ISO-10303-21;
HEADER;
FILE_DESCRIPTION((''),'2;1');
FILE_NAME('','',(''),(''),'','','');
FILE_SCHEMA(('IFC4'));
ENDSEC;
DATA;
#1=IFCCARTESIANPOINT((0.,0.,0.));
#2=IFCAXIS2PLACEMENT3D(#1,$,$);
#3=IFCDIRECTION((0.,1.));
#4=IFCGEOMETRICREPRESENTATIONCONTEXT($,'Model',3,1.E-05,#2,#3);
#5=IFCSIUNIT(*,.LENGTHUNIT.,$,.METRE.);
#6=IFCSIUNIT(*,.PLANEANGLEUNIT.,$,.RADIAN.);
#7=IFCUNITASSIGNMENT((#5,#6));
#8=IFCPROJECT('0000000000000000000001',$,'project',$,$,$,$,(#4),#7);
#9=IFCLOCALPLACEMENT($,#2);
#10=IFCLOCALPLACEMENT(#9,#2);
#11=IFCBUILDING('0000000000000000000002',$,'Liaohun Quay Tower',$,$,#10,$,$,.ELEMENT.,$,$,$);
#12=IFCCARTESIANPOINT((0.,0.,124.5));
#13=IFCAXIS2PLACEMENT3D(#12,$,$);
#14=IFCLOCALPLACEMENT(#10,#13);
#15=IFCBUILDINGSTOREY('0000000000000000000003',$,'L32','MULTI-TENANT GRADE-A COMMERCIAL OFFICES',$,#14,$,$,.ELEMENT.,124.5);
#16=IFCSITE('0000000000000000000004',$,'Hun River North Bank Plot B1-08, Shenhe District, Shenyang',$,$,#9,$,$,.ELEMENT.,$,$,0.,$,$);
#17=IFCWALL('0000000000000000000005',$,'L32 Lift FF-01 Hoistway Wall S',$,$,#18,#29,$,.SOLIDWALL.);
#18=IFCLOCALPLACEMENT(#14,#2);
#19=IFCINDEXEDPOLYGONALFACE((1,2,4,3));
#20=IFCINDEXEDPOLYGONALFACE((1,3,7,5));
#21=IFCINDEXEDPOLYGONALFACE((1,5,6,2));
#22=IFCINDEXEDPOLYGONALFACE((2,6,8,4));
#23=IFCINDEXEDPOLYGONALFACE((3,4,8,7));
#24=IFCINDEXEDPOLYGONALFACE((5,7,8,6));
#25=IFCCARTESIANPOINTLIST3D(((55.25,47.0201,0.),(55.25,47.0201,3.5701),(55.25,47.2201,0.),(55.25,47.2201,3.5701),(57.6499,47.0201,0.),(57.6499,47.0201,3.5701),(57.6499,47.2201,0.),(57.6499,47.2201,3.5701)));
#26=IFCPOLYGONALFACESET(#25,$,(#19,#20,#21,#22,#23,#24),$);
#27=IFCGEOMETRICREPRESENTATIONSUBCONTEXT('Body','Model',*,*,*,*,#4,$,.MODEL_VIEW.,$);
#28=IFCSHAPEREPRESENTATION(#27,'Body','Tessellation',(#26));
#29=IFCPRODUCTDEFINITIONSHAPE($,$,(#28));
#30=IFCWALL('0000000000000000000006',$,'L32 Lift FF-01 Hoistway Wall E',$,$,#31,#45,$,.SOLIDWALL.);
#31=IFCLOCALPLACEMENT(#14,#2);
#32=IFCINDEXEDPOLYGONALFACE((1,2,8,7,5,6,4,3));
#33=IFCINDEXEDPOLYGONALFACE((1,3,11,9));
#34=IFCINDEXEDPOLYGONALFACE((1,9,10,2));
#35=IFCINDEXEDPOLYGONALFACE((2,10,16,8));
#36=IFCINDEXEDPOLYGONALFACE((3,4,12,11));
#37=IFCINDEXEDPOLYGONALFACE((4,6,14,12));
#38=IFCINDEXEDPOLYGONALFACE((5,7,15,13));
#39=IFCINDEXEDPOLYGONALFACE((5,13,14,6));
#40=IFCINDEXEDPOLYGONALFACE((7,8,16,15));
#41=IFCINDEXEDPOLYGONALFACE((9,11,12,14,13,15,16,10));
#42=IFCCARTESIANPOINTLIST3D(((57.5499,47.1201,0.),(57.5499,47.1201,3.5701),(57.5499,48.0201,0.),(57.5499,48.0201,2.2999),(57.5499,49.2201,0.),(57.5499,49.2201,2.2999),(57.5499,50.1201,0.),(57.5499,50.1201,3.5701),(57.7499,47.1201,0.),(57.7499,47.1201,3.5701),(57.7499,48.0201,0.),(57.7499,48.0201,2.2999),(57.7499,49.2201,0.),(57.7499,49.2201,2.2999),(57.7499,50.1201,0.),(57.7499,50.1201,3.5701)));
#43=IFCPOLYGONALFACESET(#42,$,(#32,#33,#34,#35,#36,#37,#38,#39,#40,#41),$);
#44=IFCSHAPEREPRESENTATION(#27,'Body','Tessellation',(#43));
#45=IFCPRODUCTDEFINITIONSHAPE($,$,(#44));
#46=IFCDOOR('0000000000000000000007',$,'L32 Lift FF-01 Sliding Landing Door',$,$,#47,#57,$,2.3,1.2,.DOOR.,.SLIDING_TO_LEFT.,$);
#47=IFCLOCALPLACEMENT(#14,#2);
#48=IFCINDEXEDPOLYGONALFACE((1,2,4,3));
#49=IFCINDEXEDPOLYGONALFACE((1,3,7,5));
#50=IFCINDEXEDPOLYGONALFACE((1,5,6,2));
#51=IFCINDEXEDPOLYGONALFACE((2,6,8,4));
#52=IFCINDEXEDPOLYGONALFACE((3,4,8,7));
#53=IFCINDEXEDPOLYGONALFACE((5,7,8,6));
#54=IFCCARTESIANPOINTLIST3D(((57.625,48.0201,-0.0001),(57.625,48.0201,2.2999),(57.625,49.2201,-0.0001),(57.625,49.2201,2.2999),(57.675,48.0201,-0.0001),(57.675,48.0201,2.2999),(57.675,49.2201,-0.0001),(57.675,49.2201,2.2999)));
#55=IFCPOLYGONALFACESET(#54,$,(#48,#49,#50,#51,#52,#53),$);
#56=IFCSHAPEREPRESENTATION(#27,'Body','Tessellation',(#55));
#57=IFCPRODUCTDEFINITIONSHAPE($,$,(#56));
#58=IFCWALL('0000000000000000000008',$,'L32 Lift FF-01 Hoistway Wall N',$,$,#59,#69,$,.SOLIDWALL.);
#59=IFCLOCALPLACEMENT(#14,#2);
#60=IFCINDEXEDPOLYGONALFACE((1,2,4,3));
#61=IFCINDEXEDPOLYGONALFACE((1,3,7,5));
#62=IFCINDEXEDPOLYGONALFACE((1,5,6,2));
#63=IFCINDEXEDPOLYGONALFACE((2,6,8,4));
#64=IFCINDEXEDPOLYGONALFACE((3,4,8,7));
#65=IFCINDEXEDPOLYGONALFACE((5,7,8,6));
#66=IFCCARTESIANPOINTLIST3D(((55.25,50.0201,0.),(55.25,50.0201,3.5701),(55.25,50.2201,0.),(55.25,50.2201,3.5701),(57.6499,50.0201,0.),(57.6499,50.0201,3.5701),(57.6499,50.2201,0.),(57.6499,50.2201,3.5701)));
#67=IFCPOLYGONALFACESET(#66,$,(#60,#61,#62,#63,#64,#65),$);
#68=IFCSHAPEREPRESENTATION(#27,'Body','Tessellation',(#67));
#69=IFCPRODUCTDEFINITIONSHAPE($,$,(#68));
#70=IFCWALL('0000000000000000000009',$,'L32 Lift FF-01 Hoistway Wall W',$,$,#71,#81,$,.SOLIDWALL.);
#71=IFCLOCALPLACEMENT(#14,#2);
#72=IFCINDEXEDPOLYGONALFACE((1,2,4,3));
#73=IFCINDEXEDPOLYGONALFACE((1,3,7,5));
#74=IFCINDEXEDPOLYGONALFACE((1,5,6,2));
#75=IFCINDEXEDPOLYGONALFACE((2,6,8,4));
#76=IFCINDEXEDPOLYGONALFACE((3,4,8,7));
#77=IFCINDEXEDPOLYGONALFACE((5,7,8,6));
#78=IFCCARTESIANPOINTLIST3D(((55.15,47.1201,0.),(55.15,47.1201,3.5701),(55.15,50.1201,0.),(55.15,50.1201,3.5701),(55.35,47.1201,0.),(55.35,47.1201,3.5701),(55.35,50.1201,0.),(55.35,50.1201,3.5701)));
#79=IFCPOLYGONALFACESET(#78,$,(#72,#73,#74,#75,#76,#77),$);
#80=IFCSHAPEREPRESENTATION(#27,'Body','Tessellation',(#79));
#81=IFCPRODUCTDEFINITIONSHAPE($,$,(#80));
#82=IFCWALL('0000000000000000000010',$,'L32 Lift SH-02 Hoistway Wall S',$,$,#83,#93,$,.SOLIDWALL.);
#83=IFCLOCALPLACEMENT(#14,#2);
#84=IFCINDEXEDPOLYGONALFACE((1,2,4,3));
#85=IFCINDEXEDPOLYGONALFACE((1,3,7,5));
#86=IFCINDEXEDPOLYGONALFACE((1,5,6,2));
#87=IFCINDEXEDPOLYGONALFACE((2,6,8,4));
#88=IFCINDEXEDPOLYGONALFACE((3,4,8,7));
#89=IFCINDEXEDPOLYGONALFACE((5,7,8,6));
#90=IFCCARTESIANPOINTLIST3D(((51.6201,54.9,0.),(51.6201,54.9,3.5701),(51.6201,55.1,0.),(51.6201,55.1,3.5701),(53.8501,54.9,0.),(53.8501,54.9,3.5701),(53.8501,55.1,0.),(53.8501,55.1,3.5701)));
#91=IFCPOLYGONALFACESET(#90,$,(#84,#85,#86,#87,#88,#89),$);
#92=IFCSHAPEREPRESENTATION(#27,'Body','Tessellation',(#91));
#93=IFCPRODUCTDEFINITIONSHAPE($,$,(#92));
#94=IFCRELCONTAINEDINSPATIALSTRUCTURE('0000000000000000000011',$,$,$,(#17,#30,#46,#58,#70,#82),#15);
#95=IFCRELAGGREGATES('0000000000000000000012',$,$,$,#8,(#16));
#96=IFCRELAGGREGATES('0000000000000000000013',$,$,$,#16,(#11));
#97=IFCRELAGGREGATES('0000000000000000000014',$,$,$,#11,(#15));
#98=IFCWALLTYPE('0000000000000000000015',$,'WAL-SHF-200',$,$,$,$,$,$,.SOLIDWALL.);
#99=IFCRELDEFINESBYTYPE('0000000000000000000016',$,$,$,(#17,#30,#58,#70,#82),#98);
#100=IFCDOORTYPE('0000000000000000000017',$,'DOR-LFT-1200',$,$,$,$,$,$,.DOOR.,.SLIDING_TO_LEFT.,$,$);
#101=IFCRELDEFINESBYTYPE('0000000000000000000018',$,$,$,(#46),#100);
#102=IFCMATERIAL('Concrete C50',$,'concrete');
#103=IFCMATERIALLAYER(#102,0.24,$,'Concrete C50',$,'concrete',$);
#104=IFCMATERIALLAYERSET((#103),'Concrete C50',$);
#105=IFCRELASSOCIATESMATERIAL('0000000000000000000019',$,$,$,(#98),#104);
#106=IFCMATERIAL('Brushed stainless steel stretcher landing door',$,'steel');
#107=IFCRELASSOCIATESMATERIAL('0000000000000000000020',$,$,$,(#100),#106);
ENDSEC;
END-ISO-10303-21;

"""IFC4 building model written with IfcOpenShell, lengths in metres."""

from ifc_helpers import new_model, si_unit, direction, frame, frame_2d, origin, place, context, subcontext, project, spatial, rectangle, extrude, source, transform, mapped, material, layer, layer_set, type_object, element, fill, save


model = new_model("IFC4")

# Units and contexts
model_context = context("Model", 3, precision=1e-05, world=origin(), true_north=direction((0.0, 1.0)))
body_context = subcontext(model_context, "Body", "Model", "MODEL_VIEW")
ifc_project = project(units=[si_unit("LENGTHUNIT", "METRE"), si_unit("PLANEANGLEUNIT", "RADIAN")], contexts=[model_context])

# Site, building, storey
site_placement = place(None, origin())
site = spatial("IfcSite", under=ifc_project, at=site_placement, Name="Hun River North Bank Plot B1-08, Shenhe District, Shenyang", CompositionType="ELEMENT", RefElevation=0.0)
building_placement = place(site_placement, origin())
building = spatial("IfcBuilding", under=site, at=building_placement, Name="Liaohun Quay Tower", CompositionType="ELEMENT")
storey_placement = place(building_placement, frame((0.0, 0.0, 124.5)))
storey = spatial("IfcBuildingStorey", under=building, at=storey_placement, Name="L32", Description="MULTI-TENANT GRADE-A COMMERCIAL OFFICES", CompositionType="ELEMENT", Elevation=124.5)

# Wall
ifc_material_1 = material(Name="Concrete C50", Category="concrete")
ifc_layer_1 = layer(ifc_material_1, 0.24, Name="Concrete C50", Category="concrete")
ifc_layer_set_1 = layer_set([ifc_layer_1], Name="Concrete C50")
wall_type_1 = type_object("IfcWallType", Name="WAL-SHF-200", PredefinedType="SOLIDWALL", material=ifc_layer_set_1)
wall_1_placement = place(storey_placement, frame((55.25, 47.1201, 0.0), z_axis=(0.0, 0.0, 1.0), x_axis=(1.0, 0.0, 0.0)))
element("IfcWall", 1, at=wall_1_placement, inside=storey, type_object=wall_type_1, Name="L32 Lift FF-01 Hoistway Wall S", PredefinedType="SOLIDWALL", context=body_context, shape_type="SweptSolid", body=[
    extrude(rectangle(XDim=2.3999, YDim=0.2, at=frame_2d((1.2, 0.0))), origin(), (0.0, 0.0, 1.0), 3.5701),
])

# Wall, opening, door
wall_2_placement = place(storey_placement, frame((57.6499, 47.1201, 0.0), z_axis=(0.0, 0.0, 1.0), x_axis=(0.0, 1.0, 0.0)))
wall_2 = element("IfcWall", 2, at=wall_2_placement, inside=storey, type_object=wall_type_1, Name="L32 Lift FF-01 Hoistway Wall E", PredefinedType="SOLIDWALL", context=body_context, shape_type="SweptSolid", body=[
    extrude(rectangle(XDim=3.0, YDim=0.2, at=frame_2d((1.5, 0.0))), origin(), (0.0, 0.0, 1.0), 3.5701),
])
shared_shape_1 = source(origin(), body_context, "Body", "SweptSolid", [
    extrude(rectangle(XDim=1.2, YDim=2.3, at=frame_2d((0.6001, 1.1499))), frame((0.0, 0.1099, 0.0), z_axis=(0.0, -1.0, 0.0), x_axis=(1.0, 0.0, 0.0)), (0.0, 0.0, 1.0), 0.22),
])
opening_1_placement = place(wall_2_placement, frame((0.8999, 0.0, 0.0)))
opening_1 = element("IfcOpeningElement", 3, at=opening_1_placement, cuts=wall_2, PredefinedType="OPENING", context=body_context, shape_type="MappedRepresentation", body=[
    mapped(shared_shape_1, transform((0.0, 0.0, 0.0), x_axis=(1.0, 0.0, 0.0), y_axis=(0.0, 1.0, 0.0), z_axis=(0.0, 0.0, 1.0), scale=1.0)),
])
ifc_material_2 = material(Name="Brushed stainless steel stretcher landing door", Category="steel")
door_type_1 = type_object("IfcDoorType", Name="DOR-LFT-1200", OperationType="SLIDING_TO_LEFT", PredefinedType="DOOR", material=ifc_material_2)
shared_shape_2 = source(origin(), body_context, "Body", "SweptSolid", [
    extrude(rectangle(XDim=1.2, YDim=2.3, at=frame_2d((0.6001, 1.1499))), frame((0.0, 0.0249, 0.0), z_axis=(0.0, -1.0, 0.0), x_axis=(1.0, 0.0, 0.0)), (0.0, 0.0, 1.0), 0.05),
])
door_1_placement = place(opening_1_placement, origin())
door_1 = element("IfcDoor", 4, at=door_1_placement, inside=storey, type_object=door_type_1, Name="L32 Lift FF-01 Sliding Landing Door", OperationType="SLIDING_TO_LEFT", OverallHeight=2.3, OverallWidth=1.2, PredefinedType="DOOR", context=body_context, shape_type="MappedRepresentation", body=[
    mapped(shared_shape_2, transform((0.0, 0.0, 0.0), x_axis=(1.0, 0.0, 0.0), y_axis=(0.0, 1.0, 0.0), z_axis=(0.0, 0.0, 1.0), scale=1.0)),
])
fill(opening_1, door_1)

# Walls
wall_3_placement = place(storey_placement, frame((57.6499, 50.1201, 0.0), z_axis=(0.0, 0.0, 1.0), x_axis=(-1.0, 0.0, 0.0)))
element("IfcWall", 5, at=wall_3_placement, inside=storey, type_object=wall_type_1, Name="L32 Lift FF-01 Hoistway Wall N", PredefinedType="SOLIDWALL", context=body_context, shape_type="SweptSolid", body=[
    extrude(rectangle(XDim=2.3999, YDim=0.2, at=frame_2d((1.2, 0.0))), origin(), (0.0, 0.0, 1.0), 3.5701),
])
wall_4_placement = place(storey_placement, frame((55.25, 50.1201, 0.0), z_axis=(0.0, 0.0, 1.0), x_axis=(0.0, -1.0, 0.0)))
element("IfcWall", 6, at=wall_4_placement, inside=storey, type_object=wall_type_1, Name="L32 Lift FF-01 Hoistway Wall W", PredefinedType="SOLIDWALL", context=body_context, shape_type="SweptSolid", body=[
    extrude(rectangle(XDim=3.0, YDim=0.2, at=frame_2d((1.5, 0.0))), origin(), (0.0, 0.0, 1.0), 3.5701),
])
wall_5_placement = place(storey_placement, frame((51.6201, 55.0, 0.0), z_axis=(0.0, 0.0, 1.0), x_axis=(1.0, 0.0, 0.0)))
element("IfcWall", 7, at=wall_5_placement, inside=storey, type_object=wall_type_1, Name="L32 Lift SH-02 Hoistway Wall S", PredefinedType="SOLIDWALL", context=body_context, shape_type="SweptSolid", body=[
    extrude(rectangle(XDim=2.23, YDim=0.2, at=frame_2d((1.115, 0.0))), origin(), (0.0, 0.0, 1.0), 3.5701),
])

save(model, "model.ifc")
